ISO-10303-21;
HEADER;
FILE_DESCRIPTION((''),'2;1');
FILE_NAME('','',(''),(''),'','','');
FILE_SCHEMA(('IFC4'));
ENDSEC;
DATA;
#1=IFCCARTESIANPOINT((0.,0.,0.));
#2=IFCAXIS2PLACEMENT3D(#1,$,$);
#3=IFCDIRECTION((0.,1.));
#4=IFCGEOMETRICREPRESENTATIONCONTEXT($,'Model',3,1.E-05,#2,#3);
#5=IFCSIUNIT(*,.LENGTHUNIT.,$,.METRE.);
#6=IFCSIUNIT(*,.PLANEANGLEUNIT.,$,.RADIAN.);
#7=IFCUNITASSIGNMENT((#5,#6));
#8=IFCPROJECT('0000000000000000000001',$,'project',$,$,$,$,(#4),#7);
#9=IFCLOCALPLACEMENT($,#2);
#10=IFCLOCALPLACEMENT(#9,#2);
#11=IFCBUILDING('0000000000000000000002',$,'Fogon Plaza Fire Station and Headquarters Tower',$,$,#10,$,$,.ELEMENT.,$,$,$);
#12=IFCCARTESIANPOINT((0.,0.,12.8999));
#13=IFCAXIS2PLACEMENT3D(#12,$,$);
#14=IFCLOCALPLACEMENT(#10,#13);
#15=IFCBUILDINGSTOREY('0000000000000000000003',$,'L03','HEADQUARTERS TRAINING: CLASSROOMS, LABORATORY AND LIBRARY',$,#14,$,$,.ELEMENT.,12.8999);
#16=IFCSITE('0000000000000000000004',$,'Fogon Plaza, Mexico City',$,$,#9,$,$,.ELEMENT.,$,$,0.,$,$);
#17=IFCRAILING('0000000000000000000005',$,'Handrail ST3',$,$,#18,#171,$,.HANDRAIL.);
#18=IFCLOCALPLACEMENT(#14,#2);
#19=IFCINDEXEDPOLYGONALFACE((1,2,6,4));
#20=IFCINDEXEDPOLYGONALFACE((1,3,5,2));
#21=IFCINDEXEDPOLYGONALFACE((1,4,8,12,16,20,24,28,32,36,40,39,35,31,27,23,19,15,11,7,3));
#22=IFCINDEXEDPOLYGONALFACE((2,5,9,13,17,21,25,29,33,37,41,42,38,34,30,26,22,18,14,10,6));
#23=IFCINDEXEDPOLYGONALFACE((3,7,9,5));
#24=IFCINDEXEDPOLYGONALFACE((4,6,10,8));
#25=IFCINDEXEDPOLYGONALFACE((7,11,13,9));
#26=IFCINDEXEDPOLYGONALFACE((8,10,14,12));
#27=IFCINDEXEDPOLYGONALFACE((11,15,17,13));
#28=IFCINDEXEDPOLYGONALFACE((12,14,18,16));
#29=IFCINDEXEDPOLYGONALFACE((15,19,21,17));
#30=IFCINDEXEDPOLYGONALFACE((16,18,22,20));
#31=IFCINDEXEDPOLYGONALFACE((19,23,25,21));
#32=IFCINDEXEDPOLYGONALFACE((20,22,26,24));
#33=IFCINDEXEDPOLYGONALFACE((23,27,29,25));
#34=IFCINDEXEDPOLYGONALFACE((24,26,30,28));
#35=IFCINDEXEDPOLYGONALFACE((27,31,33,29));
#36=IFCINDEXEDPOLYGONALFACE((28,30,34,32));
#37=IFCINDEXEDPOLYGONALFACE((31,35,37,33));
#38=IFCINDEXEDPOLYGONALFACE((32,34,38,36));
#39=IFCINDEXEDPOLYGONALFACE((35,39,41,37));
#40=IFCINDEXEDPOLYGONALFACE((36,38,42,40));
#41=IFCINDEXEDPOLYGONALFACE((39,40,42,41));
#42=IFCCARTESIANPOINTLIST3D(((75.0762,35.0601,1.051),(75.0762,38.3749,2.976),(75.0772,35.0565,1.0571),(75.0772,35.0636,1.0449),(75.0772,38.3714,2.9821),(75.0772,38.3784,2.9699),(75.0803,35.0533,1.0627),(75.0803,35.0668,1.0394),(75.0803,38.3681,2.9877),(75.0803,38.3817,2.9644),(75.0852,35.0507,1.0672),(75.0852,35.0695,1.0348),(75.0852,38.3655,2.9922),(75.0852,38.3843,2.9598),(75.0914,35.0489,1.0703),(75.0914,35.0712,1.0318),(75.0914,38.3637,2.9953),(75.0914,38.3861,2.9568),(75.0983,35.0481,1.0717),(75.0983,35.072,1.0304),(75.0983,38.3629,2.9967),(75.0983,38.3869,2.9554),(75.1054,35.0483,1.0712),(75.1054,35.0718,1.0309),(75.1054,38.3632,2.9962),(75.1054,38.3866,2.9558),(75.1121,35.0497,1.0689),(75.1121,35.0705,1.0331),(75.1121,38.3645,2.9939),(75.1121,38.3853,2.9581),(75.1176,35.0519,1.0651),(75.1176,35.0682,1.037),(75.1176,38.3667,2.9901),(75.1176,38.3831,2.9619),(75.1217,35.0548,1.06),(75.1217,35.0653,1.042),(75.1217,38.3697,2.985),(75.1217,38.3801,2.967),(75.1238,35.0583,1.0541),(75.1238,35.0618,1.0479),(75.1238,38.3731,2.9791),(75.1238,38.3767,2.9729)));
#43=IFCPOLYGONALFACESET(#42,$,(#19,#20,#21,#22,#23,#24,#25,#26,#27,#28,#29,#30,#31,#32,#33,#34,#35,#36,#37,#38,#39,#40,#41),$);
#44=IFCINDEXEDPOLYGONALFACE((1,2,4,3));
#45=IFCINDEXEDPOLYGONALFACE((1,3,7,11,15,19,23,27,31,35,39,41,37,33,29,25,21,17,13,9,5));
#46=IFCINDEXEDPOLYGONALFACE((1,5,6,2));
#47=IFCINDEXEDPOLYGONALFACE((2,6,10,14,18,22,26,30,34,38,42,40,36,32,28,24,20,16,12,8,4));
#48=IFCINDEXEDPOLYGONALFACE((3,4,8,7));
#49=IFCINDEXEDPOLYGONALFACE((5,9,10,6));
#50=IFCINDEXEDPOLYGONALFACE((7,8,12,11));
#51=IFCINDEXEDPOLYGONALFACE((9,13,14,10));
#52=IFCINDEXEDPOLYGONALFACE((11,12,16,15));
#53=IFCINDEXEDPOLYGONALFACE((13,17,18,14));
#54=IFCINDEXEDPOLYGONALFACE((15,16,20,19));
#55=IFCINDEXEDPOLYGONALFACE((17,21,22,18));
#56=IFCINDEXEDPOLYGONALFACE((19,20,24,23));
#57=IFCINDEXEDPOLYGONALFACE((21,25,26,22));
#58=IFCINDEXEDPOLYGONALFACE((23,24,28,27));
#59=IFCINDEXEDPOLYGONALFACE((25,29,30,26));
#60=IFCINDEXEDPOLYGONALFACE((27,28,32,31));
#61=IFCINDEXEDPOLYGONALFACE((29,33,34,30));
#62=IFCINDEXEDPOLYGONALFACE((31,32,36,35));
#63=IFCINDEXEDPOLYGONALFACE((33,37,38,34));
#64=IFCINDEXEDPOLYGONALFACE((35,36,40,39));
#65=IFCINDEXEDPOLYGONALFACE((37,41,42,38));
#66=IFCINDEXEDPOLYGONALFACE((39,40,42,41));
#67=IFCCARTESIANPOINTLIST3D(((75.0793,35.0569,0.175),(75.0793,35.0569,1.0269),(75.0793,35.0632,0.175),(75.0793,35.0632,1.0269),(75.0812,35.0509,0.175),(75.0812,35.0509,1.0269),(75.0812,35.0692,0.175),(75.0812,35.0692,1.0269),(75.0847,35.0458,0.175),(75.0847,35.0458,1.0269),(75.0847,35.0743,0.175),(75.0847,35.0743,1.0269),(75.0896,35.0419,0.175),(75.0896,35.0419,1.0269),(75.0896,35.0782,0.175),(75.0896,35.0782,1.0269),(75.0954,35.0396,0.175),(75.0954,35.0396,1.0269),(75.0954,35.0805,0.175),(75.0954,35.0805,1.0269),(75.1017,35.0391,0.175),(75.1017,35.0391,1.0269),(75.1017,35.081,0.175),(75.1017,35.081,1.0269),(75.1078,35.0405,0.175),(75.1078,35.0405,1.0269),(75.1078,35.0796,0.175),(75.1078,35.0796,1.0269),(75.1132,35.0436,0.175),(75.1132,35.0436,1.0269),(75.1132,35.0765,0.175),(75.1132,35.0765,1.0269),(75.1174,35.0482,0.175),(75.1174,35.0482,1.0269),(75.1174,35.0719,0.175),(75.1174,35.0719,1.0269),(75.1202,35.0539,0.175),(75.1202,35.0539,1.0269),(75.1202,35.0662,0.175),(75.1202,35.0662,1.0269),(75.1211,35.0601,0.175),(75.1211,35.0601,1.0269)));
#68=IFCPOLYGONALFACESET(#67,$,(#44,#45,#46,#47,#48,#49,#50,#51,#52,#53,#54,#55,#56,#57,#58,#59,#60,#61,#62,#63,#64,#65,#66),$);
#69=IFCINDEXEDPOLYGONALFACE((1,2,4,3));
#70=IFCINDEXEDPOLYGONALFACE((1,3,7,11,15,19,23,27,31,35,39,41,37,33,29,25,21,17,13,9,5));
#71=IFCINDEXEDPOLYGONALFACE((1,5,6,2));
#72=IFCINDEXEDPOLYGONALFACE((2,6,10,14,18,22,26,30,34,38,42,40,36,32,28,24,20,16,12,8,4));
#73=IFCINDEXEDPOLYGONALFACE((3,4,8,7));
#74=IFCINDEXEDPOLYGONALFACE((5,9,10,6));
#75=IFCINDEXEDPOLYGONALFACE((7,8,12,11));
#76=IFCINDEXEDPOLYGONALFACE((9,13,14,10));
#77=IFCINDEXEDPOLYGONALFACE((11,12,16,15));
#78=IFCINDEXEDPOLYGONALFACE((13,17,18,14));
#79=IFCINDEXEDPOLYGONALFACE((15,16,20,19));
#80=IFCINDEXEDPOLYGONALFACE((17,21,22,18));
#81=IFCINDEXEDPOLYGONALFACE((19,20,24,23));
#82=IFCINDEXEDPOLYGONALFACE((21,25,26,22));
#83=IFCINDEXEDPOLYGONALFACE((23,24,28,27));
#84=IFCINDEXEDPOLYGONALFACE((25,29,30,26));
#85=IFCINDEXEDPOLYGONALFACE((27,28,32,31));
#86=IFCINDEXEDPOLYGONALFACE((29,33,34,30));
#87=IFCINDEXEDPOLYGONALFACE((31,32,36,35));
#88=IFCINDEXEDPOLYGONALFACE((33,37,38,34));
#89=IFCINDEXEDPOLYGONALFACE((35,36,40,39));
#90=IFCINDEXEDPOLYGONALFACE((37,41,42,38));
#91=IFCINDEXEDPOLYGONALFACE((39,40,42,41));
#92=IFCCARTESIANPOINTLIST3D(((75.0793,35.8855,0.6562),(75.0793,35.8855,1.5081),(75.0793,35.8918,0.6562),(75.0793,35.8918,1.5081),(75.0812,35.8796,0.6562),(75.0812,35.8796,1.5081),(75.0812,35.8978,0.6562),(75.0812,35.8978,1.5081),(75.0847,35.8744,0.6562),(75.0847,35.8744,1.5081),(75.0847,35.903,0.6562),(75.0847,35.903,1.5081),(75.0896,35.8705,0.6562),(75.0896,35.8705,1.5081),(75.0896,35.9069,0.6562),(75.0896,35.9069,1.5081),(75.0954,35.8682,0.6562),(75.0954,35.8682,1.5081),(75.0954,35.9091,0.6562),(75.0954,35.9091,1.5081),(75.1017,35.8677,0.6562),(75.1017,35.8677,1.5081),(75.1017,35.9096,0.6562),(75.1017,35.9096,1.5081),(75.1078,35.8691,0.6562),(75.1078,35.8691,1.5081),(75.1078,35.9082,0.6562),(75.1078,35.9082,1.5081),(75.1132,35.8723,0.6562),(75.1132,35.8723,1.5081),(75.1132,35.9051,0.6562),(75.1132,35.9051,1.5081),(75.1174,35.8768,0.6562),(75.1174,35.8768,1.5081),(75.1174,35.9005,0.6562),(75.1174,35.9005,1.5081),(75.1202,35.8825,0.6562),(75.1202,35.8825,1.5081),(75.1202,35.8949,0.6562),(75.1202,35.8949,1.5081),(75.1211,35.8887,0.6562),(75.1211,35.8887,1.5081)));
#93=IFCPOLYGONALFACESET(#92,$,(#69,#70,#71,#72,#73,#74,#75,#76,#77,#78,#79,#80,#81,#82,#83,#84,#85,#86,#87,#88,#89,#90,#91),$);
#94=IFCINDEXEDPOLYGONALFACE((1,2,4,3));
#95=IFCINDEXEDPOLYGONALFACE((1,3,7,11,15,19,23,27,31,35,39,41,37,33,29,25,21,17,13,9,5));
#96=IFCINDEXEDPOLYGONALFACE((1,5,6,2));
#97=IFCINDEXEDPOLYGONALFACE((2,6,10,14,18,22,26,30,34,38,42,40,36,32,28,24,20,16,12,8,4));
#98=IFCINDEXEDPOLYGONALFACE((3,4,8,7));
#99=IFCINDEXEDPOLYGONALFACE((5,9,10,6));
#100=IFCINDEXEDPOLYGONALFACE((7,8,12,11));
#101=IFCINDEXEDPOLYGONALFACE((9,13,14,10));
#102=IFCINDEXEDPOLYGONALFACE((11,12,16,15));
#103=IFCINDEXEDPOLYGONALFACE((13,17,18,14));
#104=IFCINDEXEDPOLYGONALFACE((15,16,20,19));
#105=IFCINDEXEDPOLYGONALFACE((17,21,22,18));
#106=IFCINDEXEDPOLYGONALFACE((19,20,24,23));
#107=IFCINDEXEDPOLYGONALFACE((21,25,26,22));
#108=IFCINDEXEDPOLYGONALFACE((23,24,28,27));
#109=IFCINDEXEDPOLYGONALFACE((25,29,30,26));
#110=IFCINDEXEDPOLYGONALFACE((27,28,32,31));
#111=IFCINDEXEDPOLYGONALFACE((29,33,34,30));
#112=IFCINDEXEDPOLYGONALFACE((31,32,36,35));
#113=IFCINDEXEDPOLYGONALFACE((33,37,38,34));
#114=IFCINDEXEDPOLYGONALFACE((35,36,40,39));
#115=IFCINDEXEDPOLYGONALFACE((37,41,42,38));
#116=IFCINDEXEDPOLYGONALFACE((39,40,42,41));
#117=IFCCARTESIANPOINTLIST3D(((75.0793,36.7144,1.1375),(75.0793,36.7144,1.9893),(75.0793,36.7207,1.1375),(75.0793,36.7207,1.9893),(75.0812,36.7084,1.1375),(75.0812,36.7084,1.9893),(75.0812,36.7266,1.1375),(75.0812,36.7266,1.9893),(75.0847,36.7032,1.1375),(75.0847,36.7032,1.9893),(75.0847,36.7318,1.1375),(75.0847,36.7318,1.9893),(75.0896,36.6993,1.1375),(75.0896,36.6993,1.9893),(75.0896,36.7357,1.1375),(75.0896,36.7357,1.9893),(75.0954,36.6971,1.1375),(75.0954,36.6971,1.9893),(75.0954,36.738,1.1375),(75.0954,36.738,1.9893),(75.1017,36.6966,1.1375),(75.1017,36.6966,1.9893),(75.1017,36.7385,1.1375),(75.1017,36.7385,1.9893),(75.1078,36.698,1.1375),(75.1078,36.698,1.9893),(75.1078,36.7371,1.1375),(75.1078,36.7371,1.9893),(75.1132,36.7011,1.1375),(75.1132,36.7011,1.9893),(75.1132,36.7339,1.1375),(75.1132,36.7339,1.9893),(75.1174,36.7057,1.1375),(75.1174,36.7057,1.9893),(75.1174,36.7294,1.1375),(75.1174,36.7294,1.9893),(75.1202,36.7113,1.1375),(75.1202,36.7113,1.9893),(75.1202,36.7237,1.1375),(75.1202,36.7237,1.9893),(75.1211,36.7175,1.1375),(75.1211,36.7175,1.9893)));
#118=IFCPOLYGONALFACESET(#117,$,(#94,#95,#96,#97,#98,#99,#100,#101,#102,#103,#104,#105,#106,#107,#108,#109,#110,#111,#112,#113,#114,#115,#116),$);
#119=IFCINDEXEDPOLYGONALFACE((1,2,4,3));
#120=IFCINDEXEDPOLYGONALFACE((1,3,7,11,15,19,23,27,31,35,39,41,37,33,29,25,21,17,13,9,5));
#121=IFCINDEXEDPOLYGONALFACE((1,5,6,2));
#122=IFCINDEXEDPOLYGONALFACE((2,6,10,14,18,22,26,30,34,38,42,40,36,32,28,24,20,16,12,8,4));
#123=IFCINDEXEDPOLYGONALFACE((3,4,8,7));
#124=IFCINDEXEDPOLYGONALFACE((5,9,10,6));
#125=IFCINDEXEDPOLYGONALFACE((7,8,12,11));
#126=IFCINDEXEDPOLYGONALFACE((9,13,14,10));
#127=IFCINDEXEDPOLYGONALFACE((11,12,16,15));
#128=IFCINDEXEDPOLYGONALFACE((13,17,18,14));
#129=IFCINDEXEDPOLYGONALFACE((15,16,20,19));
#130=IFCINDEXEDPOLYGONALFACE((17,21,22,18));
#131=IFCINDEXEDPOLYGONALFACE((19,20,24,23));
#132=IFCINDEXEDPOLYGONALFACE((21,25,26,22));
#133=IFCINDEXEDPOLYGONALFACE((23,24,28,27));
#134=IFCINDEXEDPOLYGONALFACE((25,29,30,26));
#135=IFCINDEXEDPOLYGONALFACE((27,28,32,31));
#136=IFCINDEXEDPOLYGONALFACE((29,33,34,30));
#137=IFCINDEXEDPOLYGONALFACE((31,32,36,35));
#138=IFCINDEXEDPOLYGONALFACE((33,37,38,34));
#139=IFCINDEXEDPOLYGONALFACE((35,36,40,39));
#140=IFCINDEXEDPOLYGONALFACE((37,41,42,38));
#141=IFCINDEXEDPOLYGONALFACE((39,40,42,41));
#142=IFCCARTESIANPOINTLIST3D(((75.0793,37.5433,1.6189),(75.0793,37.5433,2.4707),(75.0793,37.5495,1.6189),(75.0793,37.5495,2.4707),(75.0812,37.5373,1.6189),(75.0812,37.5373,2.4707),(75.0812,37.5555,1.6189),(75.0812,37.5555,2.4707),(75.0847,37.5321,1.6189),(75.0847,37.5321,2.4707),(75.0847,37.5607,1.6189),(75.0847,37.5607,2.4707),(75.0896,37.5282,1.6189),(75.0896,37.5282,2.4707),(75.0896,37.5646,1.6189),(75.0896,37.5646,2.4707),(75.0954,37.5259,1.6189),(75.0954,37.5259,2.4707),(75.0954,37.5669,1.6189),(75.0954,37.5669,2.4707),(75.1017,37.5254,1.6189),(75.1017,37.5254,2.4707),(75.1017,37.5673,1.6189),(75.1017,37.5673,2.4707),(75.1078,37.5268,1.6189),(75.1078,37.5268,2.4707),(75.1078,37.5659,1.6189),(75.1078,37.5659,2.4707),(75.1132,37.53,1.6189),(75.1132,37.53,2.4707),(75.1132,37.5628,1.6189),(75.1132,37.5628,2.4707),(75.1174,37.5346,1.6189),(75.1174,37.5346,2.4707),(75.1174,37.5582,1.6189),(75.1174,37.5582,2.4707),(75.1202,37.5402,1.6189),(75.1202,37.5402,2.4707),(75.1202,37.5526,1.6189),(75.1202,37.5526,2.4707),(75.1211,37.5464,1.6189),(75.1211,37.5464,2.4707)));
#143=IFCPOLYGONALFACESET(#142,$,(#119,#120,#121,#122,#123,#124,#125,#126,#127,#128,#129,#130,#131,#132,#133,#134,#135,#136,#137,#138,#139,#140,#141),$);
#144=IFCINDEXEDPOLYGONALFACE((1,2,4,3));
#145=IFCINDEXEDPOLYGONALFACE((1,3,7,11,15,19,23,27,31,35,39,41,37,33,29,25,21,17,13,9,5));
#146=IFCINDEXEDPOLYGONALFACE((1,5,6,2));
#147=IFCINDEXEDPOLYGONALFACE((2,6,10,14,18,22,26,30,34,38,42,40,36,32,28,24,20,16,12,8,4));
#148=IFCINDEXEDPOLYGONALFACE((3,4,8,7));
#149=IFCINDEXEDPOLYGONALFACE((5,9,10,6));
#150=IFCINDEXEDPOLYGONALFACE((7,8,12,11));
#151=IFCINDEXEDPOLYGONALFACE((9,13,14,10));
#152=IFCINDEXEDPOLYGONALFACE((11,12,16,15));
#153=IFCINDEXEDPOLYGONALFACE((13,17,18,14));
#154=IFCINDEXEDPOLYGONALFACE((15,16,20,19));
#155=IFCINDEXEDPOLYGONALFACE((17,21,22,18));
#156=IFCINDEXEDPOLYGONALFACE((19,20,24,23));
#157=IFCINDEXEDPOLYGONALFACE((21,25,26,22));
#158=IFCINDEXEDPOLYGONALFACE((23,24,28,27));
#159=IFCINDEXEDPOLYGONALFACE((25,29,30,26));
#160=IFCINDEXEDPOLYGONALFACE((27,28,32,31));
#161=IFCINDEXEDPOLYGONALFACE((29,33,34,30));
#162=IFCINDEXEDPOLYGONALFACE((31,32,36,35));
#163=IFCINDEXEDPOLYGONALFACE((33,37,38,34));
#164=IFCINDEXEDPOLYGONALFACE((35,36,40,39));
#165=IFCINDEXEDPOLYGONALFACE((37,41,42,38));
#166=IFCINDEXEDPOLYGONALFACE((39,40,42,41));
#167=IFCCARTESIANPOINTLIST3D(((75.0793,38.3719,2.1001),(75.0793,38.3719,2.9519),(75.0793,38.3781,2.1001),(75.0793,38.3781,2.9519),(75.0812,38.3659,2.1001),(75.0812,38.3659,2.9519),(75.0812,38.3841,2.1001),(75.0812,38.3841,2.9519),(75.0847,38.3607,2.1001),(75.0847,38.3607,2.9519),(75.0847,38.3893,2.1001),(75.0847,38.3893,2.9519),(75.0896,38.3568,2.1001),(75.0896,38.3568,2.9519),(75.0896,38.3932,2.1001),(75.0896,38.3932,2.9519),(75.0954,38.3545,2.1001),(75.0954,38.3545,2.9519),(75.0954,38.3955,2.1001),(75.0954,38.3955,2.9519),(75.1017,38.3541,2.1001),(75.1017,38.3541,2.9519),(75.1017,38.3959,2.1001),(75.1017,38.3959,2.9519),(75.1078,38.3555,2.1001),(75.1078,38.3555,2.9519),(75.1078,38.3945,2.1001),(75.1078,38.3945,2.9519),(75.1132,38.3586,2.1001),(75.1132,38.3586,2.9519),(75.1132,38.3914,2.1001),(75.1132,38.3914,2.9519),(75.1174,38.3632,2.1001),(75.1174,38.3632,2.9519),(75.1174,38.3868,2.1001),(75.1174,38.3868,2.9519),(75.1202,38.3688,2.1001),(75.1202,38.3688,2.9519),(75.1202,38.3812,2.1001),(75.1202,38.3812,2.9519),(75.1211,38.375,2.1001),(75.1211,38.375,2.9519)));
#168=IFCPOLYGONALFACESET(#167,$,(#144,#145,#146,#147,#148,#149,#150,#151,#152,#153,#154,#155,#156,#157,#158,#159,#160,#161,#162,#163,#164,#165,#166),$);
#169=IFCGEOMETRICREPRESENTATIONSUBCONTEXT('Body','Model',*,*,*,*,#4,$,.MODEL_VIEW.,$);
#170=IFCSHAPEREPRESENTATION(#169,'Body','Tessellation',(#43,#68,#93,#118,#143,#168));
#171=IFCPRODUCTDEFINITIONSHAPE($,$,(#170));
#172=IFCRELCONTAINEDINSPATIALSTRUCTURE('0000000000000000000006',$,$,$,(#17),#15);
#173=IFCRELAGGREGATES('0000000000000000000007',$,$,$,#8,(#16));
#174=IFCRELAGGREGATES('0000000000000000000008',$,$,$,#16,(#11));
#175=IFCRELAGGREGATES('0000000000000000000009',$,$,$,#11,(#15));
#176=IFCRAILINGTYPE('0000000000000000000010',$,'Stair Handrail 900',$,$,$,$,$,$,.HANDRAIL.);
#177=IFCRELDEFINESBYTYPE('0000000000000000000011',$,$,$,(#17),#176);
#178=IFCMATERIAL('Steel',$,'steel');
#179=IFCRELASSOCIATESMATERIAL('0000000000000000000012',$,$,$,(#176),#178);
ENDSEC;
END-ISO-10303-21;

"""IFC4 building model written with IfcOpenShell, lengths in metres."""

from ifc_helpers import new_model, si_unit, direction, frame, origin, origin_2d, place, context, subcontext, project, spatial, circle, extrude, material, type_object, element, save


model = new_model("IFC4")

# Units and contexts
model_context = context("Model", 3, precision=1e-05, world=origin(), true_north=direction((0.0, 1.0)))
body_context = subcontext(model_context, "Body", "Model", "MODEL_VIEW")
ifc_project = project(units=[si_unit("LENGTHUNIT", "METRE"), si_unit("PLANEANGLEUNIT", "RADIAN")], contexts=[model_context])

# Site, building, storey
site_placement = place(None, origin())
site = spatial("IfcSite", under=ifc_project, at=site_placement, Name="Fogon Plaza, Mexico City", CompositionType="ELEMENT", RefElevation=0.0)
building_placement = place(site_placement, origin())
building = spatial("IfcBuilding", under=site, at=building_placement, Name="Fogon Plaza Fire Station and Headquarters Tower", CompositionType="ELEMENT")
storey_placement = place(building_placement, frame((0.0, 0.0, 12.8999)))
storey = spatial("IfcBuildingStorey", under=building, at=storey_placement, Name="L03", Description="HEADQUARTERS TRAINING: CLASSROOMS, LABORATORY AND LIBRARY", CompositionType="ELEMENT", Elevation=12.8999)

# Railing
ifc_material_1 = material(Name="Steel", Category="steel")
railing_type = type_object("IfcRailingType", Name="Stair Handrail 900", PredefinedType="HANDRAIL", material=ifc_material_1)
for number, where, name in (
    (1, (75.1001, 35.0601, 0.175), "Handrail ST3"),
):
    element("IfcRailing", number, at=place(storey_placement, frame(where)), inside=storey, type_object=railing_type, Name=name, PredefinedType="HANDRAIL", context=body_context, shape_type="SweptSolid", body=[
        extrude(circle(Radius=0.0239, at=origin_2d()), frame((0.0, 0.0, 0.876), z_axis=(0.0, 0.864761, 0.502183), x_axis=(-1.0, 0.0, 0.0)), (0.0, 0.0, 1.0), 3.8333),
        extrude(circle(Radius=0.021, at=origin_2d()), origin(), (0.0, 0.0, 1.0), 0.8518),
        extrude(circle(Radius=0.021, at=origin_2d()), frame((0.0, 0.8286, 0.4812)), (0.0, 0.0, 1.0), 0.8518),
        extrude(circle(Radius=0.021, at=origin_2d()), frame((0.0, 1.6575, 0.9624)), (0.0, 0.0, 1.0), 0.8518),
        extrude(circle(Radius=0.021, at=origin_2d()), frame((0.0, 2.4863, 1.4438)), (0.0, 0.0, 1.0), 0.8518),
        extrude(circle(Radius=0.021, at=origin_2d()), frame((0.0, 3.3149, 1.925)), (0.0, 0.0, 1.0), 0.8518),
    ])

save(model, "model.ifc")
